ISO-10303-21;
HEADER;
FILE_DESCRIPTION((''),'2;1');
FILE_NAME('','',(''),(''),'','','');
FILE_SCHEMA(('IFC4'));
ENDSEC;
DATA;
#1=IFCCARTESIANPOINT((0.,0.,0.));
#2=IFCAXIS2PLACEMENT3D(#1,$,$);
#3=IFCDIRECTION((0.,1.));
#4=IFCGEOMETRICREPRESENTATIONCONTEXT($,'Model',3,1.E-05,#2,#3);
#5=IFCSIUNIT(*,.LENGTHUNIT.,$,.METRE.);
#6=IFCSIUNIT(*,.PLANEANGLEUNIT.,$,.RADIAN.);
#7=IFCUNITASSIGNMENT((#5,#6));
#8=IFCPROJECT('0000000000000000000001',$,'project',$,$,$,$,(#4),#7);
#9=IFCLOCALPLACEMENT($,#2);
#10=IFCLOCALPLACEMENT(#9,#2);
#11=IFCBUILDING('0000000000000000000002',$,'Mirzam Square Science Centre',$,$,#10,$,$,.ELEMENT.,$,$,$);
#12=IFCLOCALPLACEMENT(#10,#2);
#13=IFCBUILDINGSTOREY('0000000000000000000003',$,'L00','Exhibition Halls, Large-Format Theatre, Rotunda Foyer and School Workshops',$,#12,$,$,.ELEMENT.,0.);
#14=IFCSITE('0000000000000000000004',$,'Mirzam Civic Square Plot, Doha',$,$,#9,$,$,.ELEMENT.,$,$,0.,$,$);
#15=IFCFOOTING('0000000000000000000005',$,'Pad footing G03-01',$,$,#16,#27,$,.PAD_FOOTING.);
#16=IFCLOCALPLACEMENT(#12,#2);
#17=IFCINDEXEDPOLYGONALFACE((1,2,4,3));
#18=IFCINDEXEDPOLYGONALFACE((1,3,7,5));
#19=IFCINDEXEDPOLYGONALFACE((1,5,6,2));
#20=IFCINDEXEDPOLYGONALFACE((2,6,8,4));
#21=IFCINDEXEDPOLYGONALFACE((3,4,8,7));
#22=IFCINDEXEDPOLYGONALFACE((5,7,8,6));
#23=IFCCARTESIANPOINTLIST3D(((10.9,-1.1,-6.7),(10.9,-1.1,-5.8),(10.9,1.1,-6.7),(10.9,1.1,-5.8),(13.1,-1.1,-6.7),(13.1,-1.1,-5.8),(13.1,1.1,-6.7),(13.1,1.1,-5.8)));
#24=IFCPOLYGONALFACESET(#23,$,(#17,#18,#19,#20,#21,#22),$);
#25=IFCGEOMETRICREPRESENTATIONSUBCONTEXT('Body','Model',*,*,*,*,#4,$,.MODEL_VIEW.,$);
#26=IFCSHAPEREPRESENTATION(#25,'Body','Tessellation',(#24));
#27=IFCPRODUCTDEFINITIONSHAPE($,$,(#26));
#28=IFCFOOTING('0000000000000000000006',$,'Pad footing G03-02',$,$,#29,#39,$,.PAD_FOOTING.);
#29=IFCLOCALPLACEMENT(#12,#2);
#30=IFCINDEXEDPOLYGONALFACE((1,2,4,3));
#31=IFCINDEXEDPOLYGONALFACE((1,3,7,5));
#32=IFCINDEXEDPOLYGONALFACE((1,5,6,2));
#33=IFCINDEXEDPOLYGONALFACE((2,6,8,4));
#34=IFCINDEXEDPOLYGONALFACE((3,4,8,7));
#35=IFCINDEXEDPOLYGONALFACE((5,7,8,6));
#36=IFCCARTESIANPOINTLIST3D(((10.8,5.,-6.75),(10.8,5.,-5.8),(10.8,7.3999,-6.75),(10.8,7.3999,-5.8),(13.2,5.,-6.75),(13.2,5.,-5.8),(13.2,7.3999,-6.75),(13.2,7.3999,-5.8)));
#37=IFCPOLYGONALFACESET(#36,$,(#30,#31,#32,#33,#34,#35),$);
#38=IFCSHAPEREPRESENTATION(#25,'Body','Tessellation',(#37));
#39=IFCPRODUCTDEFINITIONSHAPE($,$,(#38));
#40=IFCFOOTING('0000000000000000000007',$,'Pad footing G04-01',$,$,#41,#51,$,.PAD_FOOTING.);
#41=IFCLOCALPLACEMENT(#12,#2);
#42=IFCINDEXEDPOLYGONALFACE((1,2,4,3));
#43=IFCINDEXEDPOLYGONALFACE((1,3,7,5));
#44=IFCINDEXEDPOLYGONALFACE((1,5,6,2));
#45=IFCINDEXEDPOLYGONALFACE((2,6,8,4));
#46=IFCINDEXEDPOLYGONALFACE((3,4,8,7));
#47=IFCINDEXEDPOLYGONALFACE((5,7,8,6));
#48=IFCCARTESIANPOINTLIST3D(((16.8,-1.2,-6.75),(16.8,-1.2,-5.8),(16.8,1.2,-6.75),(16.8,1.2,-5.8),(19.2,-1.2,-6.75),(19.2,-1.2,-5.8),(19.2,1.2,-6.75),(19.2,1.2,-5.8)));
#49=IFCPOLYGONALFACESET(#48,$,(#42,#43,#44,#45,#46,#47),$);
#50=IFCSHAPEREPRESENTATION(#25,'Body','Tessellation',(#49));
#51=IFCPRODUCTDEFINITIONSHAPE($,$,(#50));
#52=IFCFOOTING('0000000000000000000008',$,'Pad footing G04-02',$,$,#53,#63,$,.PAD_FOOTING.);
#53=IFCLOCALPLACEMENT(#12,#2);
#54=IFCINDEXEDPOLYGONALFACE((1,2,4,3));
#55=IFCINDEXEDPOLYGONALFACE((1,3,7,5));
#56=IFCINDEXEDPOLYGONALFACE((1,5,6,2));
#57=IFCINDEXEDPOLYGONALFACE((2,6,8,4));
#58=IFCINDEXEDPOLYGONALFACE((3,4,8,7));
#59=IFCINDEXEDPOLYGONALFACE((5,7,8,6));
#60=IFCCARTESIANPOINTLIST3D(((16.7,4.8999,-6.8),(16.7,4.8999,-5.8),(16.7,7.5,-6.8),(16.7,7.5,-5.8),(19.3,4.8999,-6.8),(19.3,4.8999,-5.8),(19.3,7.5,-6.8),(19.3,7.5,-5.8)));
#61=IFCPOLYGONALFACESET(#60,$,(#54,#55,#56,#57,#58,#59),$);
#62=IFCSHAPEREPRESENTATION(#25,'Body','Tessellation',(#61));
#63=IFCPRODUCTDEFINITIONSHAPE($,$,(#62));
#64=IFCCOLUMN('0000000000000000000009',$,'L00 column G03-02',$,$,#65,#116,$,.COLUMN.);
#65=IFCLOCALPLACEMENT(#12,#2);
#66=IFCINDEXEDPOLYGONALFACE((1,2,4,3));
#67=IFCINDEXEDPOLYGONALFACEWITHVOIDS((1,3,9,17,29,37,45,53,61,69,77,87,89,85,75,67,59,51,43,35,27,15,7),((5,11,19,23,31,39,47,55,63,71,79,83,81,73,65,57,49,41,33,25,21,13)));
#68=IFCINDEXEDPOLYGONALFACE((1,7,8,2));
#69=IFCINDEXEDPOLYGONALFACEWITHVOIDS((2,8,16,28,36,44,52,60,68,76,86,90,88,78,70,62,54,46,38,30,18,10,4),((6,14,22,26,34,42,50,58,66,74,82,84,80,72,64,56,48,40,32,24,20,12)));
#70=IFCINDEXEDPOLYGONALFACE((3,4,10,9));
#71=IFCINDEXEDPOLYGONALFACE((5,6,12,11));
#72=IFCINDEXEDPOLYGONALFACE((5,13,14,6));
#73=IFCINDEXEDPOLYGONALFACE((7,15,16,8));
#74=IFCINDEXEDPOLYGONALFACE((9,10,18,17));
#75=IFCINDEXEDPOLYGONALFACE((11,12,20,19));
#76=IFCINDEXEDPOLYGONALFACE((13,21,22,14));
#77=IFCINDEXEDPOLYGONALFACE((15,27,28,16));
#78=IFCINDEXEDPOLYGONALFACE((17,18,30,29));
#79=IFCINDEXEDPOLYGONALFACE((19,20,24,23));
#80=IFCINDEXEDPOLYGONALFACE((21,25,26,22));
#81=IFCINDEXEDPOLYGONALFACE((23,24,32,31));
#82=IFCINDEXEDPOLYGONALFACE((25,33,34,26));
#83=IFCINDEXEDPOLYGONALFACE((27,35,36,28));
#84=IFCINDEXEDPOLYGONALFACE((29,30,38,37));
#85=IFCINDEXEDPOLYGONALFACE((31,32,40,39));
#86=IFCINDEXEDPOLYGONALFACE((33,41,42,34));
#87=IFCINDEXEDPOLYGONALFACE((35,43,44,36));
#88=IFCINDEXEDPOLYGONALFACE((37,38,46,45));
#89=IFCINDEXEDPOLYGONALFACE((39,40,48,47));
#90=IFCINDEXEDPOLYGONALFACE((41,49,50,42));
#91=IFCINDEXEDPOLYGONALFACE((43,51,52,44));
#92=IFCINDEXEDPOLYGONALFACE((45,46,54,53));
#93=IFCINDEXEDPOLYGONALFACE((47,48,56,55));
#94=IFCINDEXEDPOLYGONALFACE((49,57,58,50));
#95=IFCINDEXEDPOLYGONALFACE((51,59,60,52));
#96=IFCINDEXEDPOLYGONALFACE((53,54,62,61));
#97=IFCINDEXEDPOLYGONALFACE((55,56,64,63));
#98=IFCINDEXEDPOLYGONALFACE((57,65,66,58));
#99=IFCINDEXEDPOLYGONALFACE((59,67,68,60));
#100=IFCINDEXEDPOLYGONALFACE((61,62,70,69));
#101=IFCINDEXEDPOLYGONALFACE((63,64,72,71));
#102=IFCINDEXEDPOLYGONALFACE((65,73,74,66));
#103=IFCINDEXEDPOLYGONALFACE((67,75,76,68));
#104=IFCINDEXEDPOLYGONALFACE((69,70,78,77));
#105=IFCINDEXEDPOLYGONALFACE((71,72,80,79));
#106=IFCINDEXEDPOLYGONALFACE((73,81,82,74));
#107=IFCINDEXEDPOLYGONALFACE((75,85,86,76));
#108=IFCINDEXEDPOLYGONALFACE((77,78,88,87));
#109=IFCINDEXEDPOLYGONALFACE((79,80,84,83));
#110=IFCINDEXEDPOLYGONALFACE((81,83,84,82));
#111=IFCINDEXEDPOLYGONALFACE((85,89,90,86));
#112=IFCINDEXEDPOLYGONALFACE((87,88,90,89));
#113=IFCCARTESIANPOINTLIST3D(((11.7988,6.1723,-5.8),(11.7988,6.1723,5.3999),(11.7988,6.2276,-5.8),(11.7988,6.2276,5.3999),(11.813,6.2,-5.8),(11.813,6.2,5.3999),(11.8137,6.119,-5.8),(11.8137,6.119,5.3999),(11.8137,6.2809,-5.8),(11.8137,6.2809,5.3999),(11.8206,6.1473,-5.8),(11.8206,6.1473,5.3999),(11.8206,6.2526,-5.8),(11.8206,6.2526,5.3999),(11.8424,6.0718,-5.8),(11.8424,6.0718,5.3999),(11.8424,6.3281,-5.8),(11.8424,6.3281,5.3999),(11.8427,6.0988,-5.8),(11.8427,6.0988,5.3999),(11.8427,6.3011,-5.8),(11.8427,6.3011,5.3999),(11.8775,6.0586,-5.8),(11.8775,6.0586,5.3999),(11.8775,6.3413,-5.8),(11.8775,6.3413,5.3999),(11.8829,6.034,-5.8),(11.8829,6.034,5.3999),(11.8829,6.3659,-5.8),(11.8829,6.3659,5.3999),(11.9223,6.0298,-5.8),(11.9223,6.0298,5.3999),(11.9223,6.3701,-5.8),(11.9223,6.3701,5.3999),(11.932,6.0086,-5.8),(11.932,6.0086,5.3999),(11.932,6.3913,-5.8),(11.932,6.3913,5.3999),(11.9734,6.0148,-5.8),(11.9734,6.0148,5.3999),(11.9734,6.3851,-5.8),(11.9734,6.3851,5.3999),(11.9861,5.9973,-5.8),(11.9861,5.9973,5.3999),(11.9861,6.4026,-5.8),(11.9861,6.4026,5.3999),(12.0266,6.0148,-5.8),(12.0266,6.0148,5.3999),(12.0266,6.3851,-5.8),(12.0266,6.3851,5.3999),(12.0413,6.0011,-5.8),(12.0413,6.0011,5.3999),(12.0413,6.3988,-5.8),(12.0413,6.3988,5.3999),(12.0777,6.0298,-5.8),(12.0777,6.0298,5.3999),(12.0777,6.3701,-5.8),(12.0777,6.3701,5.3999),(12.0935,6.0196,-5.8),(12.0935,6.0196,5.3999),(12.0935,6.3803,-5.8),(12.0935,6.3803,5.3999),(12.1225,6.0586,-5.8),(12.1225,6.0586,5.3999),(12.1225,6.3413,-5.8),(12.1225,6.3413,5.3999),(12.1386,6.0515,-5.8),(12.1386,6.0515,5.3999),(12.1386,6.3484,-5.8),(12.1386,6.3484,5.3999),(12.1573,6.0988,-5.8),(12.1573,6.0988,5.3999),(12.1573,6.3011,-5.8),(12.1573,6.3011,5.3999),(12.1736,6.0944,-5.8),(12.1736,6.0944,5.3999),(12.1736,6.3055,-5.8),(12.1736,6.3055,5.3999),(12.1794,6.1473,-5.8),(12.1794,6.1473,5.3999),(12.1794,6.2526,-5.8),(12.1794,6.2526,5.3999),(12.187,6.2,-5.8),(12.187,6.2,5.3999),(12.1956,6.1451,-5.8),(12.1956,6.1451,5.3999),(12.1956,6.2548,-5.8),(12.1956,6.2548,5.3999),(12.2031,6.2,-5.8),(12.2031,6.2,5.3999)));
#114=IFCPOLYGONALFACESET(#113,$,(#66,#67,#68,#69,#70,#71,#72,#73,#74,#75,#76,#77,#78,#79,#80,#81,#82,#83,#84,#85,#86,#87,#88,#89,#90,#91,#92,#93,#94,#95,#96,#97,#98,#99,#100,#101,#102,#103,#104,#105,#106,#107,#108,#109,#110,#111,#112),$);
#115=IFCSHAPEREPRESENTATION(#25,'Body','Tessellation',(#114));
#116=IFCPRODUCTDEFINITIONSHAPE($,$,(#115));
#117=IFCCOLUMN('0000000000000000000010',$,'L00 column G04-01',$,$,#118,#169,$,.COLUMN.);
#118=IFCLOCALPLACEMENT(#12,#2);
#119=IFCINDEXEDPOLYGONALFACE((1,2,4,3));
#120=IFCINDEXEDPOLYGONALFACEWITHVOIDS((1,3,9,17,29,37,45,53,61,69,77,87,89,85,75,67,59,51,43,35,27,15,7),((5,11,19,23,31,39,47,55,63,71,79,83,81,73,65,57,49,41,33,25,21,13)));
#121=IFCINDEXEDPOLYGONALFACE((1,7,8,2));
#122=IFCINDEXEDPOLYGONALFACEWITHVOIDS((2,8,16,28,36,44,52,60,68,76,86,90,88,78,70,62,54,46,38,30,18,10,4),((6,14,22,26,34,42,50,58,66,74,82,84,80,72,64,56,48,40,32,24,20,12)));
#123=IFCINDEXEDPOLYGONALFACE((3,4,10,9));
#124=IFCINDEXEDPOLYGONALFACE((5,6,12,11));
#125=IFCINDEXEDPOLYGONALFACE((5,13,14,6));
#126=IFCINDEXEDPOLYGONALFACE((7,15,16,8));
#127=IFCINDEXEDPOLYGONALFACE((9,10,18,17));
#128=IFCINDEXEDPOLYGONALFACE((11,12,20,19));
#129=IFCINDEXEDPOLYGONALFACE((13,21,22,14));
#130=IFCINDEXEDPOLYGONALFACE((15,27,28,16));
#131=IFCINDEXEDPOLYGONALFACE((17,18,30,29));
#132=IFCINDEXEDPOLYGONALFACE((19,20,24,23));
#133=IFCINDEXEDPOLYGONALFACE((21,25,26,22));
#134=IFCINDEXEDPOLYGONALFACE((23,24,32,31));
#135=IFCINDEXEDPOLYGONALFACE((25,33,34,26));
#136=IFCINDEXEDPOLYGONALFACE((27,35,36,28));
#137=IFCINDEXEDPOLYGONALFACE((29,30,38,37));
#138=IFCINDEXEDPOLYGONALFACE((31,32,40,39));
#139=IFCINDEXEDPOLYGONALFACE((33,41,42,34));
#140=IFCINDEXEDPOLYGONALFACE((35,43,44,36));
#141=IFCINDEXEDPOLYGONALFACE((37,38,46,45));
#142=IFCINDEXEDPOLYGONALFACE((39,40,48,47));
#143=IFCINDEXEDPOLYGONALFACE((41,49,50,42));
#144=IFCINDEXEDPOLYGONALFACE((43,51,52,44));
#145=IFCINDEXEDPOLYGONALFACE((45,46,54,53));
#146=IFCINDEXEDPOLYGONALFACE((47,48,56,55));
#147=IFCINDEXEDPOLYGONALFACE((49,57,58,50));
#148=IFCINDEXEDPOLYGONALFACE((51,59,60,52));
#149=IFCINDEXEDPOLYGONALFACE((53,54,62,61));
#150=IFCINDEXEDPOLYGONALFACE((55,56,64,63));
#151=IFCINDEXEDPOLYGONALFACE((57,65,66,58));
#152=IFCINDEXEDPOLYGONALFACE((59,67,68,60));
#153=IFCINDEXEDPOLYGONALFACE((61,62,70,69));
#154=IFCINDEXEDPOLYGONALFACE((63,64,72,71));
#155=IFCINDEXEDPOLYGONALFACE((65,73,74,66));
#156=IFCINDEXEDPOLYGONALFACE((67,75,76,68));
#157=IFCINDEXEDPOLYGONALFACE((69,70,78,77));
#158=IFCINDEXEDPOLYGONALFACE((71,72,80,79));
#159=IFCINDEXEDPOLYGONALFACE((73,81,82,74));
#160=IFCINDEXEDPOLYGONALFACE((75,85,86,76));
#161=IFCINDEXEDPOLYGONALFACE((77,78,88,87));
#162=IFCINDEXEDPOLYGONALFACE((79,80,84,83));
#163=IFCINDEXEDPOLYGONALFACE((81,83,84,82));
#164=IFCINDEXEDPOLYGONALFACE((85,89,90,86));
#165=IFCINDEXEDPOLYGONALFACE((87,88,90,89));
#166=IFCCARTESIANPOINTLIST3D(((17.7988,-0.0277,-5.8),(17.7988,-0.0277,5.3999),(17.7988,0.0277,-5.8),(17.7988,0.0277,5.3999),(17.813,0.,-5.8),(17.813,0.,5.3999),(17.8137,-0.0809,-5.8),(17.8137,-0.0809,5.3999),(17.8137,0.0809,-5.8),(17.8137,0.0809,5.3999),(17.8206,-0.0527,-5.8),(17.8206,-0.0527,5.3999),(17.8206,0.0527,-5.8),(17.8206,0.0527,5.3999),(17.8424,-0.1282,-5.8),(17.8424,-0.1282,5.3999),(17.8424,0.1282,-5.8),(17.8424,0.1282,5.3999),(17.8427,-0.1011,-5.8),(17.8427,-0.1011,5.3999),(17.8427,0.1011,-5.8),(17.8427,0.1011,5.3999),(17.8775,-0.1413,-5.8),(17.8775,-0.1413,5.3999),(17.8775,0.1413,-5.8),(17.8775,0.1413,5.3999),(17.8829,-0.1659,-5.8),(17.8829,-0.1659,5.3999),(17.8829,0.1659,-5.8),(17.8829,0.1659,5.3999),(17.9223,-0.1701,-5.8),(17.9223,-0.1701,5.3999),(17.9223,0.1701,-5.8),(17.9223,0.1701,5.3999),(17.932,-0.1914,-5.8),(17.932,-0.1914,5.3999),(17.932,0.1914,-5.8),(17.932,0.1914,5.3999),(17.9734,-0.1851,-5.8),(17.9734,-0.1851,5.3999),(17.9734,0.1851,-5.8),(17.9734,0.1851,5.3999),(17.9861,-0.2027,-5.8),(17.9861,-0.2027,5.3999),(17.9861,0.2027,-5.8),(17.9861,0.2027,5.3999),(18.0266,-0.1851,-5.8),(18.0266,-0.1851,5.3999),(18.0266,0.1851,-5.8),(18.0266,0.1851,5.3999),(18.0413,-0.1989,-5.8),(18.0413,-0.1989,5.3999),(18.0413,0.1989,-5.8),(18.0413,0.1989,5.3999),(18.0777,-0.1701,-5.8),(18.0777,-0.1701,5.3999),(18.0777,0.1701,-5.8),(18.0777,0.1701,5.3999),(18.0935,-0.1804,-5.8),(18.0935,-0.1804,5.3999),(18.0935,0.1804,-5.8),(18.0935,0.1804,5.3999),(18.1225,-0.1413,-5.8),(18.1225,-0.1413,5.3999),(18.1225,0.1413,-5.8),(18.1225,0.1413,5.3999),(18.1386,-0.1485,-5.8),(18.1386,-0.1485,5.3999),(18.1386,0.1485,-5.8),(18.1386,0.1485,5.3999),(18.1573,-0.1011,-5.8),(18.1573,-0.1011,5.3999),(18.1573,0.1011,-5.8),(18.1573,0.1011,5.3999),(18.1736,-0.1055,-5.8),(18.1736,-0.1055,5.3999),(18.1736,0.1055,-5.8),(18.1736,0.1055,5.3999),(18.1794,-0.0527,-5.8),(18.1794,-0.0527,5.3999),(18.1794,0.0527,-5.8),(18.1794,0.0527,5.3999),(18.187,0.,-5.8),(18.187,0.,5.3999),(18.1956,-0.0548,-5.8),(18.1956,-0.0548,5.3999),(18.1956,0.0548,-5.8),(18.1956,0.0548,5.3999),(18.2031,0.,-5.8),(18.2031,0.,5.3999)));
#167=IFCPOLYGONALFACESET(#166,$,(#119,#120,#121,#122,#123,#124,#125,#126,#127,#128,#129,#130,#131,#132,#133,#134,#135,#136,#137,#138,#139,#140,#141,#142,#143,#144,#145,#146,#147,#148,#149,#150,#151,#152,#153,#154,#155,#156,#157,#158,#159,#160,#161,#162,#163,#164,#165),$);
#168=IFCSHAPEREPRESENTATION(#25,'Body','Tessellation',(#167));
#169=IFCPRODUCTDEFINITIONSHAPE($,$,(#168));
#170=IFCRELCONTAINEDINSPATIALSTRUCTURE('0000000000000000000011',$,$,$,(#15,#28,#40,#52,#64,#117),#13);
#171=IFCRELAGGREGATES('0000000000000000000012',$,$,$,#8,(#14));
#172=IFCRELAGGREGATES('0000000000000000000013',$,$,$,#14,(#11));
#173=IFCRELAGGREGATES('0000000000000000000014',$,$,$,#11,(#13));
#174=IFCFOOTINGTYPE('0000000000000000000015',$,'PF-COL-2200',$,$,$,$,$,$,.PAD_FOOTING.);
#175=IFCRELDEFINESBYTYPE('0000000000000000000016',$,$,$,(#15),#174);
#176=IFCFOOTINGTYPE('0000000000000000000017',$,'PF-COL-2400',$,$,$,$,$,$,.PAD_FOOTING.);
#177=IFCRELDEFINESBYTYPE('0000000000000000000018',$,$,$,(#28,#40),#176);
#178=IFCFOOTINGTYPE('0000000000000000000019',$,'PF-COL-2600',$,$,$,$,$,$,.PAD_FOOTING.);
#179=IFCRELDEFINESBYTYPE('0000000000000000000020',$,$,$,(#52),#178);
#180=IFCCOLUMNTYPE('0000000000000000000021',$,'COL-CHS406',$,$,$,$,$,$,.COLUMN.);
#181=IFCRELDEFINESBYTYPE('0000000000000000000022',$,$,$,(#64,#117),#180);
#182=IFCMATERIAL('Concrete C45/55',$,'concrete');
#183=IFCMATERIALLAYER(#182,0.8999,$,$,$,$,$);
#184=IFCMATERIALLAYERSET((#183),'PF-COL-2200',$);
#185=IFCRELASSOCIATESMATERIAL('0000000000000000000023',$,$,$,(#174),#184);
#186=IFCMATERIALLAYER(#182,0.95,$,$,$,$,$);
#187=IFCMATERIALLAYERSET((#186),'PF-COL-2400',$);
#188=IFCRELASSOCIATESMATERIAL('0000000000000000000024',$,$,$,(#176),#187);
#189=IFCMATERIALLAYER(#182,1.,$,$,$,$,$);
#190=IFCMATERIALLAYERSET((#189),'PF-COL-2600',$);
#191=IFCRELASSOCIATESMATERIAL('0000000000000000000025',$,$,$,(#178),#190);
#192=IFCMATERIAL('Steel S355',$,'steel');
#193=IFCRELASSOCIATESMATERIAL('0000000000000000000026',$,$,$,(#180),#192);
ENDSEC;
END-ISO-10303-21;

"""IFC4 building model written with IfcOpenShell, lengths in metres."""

from ifc_helpers import new_model, si_unit, direction, frame, origin, origin_2d, place, context, subcontext, project, spatial, rectangle, hollow_circle, extrude, material, layer, layer_set, material_profile, profile_set, type_object, element, save


model = new_model("IFC4")

# Units and contexts
model_context = context("Model", 3, precision=1e-05, world=origin(), true_north=direction((0.0, 1.0)))
body_context = subcontext(model_context, "Body", "Model", "MODEL_VIEW")
ifc_project = project(units=[si_unit("LENGTHUNIT", "METRE"), si_unit("PLANEANGLEUNIT", "RADIAN")], contexts=[model_context])

# Site, building, storey
site_placement = place(None, origin())
site = spatial("IfcSite", under=ifc_project, at=site_placement, Name="Mirzam Civic Square Plot, Doha", CompositionType="ELEMENT", RefElevation=0.0)
building_placement = place(site_placement, origin())
building = spatial("IfcBuilding", under=site, at=building_placement, Name="Mirzam Square Science Centre", CompositionType="ELEMENT")
storey_placement = place(building_placement, origin())
storey = spatial("IfcBuildingStorey", under=building, at=storey_placement, Name="L00", Description="Exhibition Halls, Large-Format Theatre, Rotunda Foyer and School Workshops", CompositionType="ELEMENT", Elevation=0.0)

# Footings
ifc_material_1 = material(Name="Concrete C45/55", Category="concrete")
ifc_layer_1 = layer(ifc_material_1, 0.8999)
ifc_layer_set_1 = layer_set([ifc_layer_1], Name="PF-COL-2200")
footing_type_1 = type_object("IfcFootingType", Name="PF-COL-2200", PredefinedType="PAD_FOOTING", material=ifc_layer_set_1)
footing_1_placement = place(storey_placement, frame((12.0, 0.0, -6.7), z_axis=(0.0, 0.0, 1.0), x_axis=(1.0, 0.0, 0.0)))
element("IfcFooting", 1, at=footing_1_placement, inside=storey, type_object=footing_type_1, Name="Pad footing G03-01", PredefinedType="PAD_FOOTING", context=body_context, shape_type="SweptSolid", body=[
    extrude(rectangle(XDim=2.2, YDim=2.2, at=origin_2d()), origin(), (0.0, 0.0, 1.0), 0.8999),
])
ifc_layer_2 = layer(ifc_material_1, 0.95)
ifc_layer_set_2 = layer_set([ifc_layer_2], Name="PF-COL-2400")
footing_type_2 = type_object("IfcFootingType", Name="PF-COL-2400", PredefinedType="PAD_FOOTING", material=ifc_layer_set_2)
for number, where, z_axis, x_axis, name in (
    (2, (12.0, 6.2, -6.75), (0.0, 0.0, 1.0), (1.0, 0.0, 0.0), "Pad footing G03-02"),
    (3, (18.0, 0.0, -6.75), (0.0, 0.0, 1.0), (1.0, 0.0, 0.0), "Pad footing G04-01"),
):
    element("IfcFooting", number, at=place(storey_placement, frame(where, z_axis=z_axis, x_axis=x_axis)), inside=storey, type_object=footing_type_2, Name=name, PredefinedType="PAD_FOOTING", context=body_context, shape_type="SweptSolid", body=[
        extrude(rectangle(XDim=2.3999, YDim=2.3999, at=origin_2d()), origin(), (0.0, 0.0, 1.0), 0.95),
    ])
ifc_layer_3 = layer(ifc_material_1, 1.0)
ifc_layer_set_3 = layer_set([ifc_layer_3], Name="PF-COL-2600")
footing_type_3 = type_object("IfcFootingType", Name="PF-COL-2600", PredefinedType="PAD_FOOTING", material=ifc_layer_set_3)
footing_2_placement = place(storey_placement, frame((18.0, 6.2, -6.8), z_axis=(0.0, 0.0, 1.0), x_axis=(1.0, 0.0, 0.0)))
element("IfcFooting", 4, at=footing_2_placement, inside=storey, type_object=footing_type_3, Name="Pad footing G04-02", PredefinedType="PAD_FOOTING", context=body_context, shape_type="SweptSolid", body=[
    extrude(rectangle(XDim=2.6001, YDim=2.6001, at=origin_2d()), origin(), (0.0, 0.0, 1.0), 1.0),
])

# Columns
ifc_material_2 = material(Name="Steel S355", Category="steel")
ifc_material_profile_1 = material_profile(ifc_material_2, hollow_circle(Radius=0.2031, WallThickness=0.0161, at=origin_2d()), Name="406.4x16.0CHS")
ifc_profile_set_1 = profile_set([ifc_material_profile_1], Name="Steel S355")
column_type_1 = type_object("IfcColumnType", Name="COL-CHS406", PredefinedType="COLUMN", material=ifc_profile_set_1)
for number, where, z_axis, x_axis, name in (
    (5, (12.0, 6.2, -5.8), (0.0, 0.0, 1.0), (1.0, 0.0, 0.0), "L00 column G03-02"),
    (6, (18.0, 0.0, -5.8), (0.0, 0.0, 1.0), (1.0, 0.0, 0.0), "L00 column G04-01"),
):
    element("IfcColumn", number, at=place(storey_placement, frame(where, z_axis=z_axis, x_axis=x_axis)), inside=storey, type_object=column_type_1, Name=name, PredefinedType="COLUMN", context=body_context, shape_type="SweptSolid", body=[
        extrude(hollow_circle(Radius=0.2031, WallThickness=0.0161, at=origin_2d()), origin(), (0.0, 0.0, 1.0), 11.2),
    ])

save(model, "model.ifc")
